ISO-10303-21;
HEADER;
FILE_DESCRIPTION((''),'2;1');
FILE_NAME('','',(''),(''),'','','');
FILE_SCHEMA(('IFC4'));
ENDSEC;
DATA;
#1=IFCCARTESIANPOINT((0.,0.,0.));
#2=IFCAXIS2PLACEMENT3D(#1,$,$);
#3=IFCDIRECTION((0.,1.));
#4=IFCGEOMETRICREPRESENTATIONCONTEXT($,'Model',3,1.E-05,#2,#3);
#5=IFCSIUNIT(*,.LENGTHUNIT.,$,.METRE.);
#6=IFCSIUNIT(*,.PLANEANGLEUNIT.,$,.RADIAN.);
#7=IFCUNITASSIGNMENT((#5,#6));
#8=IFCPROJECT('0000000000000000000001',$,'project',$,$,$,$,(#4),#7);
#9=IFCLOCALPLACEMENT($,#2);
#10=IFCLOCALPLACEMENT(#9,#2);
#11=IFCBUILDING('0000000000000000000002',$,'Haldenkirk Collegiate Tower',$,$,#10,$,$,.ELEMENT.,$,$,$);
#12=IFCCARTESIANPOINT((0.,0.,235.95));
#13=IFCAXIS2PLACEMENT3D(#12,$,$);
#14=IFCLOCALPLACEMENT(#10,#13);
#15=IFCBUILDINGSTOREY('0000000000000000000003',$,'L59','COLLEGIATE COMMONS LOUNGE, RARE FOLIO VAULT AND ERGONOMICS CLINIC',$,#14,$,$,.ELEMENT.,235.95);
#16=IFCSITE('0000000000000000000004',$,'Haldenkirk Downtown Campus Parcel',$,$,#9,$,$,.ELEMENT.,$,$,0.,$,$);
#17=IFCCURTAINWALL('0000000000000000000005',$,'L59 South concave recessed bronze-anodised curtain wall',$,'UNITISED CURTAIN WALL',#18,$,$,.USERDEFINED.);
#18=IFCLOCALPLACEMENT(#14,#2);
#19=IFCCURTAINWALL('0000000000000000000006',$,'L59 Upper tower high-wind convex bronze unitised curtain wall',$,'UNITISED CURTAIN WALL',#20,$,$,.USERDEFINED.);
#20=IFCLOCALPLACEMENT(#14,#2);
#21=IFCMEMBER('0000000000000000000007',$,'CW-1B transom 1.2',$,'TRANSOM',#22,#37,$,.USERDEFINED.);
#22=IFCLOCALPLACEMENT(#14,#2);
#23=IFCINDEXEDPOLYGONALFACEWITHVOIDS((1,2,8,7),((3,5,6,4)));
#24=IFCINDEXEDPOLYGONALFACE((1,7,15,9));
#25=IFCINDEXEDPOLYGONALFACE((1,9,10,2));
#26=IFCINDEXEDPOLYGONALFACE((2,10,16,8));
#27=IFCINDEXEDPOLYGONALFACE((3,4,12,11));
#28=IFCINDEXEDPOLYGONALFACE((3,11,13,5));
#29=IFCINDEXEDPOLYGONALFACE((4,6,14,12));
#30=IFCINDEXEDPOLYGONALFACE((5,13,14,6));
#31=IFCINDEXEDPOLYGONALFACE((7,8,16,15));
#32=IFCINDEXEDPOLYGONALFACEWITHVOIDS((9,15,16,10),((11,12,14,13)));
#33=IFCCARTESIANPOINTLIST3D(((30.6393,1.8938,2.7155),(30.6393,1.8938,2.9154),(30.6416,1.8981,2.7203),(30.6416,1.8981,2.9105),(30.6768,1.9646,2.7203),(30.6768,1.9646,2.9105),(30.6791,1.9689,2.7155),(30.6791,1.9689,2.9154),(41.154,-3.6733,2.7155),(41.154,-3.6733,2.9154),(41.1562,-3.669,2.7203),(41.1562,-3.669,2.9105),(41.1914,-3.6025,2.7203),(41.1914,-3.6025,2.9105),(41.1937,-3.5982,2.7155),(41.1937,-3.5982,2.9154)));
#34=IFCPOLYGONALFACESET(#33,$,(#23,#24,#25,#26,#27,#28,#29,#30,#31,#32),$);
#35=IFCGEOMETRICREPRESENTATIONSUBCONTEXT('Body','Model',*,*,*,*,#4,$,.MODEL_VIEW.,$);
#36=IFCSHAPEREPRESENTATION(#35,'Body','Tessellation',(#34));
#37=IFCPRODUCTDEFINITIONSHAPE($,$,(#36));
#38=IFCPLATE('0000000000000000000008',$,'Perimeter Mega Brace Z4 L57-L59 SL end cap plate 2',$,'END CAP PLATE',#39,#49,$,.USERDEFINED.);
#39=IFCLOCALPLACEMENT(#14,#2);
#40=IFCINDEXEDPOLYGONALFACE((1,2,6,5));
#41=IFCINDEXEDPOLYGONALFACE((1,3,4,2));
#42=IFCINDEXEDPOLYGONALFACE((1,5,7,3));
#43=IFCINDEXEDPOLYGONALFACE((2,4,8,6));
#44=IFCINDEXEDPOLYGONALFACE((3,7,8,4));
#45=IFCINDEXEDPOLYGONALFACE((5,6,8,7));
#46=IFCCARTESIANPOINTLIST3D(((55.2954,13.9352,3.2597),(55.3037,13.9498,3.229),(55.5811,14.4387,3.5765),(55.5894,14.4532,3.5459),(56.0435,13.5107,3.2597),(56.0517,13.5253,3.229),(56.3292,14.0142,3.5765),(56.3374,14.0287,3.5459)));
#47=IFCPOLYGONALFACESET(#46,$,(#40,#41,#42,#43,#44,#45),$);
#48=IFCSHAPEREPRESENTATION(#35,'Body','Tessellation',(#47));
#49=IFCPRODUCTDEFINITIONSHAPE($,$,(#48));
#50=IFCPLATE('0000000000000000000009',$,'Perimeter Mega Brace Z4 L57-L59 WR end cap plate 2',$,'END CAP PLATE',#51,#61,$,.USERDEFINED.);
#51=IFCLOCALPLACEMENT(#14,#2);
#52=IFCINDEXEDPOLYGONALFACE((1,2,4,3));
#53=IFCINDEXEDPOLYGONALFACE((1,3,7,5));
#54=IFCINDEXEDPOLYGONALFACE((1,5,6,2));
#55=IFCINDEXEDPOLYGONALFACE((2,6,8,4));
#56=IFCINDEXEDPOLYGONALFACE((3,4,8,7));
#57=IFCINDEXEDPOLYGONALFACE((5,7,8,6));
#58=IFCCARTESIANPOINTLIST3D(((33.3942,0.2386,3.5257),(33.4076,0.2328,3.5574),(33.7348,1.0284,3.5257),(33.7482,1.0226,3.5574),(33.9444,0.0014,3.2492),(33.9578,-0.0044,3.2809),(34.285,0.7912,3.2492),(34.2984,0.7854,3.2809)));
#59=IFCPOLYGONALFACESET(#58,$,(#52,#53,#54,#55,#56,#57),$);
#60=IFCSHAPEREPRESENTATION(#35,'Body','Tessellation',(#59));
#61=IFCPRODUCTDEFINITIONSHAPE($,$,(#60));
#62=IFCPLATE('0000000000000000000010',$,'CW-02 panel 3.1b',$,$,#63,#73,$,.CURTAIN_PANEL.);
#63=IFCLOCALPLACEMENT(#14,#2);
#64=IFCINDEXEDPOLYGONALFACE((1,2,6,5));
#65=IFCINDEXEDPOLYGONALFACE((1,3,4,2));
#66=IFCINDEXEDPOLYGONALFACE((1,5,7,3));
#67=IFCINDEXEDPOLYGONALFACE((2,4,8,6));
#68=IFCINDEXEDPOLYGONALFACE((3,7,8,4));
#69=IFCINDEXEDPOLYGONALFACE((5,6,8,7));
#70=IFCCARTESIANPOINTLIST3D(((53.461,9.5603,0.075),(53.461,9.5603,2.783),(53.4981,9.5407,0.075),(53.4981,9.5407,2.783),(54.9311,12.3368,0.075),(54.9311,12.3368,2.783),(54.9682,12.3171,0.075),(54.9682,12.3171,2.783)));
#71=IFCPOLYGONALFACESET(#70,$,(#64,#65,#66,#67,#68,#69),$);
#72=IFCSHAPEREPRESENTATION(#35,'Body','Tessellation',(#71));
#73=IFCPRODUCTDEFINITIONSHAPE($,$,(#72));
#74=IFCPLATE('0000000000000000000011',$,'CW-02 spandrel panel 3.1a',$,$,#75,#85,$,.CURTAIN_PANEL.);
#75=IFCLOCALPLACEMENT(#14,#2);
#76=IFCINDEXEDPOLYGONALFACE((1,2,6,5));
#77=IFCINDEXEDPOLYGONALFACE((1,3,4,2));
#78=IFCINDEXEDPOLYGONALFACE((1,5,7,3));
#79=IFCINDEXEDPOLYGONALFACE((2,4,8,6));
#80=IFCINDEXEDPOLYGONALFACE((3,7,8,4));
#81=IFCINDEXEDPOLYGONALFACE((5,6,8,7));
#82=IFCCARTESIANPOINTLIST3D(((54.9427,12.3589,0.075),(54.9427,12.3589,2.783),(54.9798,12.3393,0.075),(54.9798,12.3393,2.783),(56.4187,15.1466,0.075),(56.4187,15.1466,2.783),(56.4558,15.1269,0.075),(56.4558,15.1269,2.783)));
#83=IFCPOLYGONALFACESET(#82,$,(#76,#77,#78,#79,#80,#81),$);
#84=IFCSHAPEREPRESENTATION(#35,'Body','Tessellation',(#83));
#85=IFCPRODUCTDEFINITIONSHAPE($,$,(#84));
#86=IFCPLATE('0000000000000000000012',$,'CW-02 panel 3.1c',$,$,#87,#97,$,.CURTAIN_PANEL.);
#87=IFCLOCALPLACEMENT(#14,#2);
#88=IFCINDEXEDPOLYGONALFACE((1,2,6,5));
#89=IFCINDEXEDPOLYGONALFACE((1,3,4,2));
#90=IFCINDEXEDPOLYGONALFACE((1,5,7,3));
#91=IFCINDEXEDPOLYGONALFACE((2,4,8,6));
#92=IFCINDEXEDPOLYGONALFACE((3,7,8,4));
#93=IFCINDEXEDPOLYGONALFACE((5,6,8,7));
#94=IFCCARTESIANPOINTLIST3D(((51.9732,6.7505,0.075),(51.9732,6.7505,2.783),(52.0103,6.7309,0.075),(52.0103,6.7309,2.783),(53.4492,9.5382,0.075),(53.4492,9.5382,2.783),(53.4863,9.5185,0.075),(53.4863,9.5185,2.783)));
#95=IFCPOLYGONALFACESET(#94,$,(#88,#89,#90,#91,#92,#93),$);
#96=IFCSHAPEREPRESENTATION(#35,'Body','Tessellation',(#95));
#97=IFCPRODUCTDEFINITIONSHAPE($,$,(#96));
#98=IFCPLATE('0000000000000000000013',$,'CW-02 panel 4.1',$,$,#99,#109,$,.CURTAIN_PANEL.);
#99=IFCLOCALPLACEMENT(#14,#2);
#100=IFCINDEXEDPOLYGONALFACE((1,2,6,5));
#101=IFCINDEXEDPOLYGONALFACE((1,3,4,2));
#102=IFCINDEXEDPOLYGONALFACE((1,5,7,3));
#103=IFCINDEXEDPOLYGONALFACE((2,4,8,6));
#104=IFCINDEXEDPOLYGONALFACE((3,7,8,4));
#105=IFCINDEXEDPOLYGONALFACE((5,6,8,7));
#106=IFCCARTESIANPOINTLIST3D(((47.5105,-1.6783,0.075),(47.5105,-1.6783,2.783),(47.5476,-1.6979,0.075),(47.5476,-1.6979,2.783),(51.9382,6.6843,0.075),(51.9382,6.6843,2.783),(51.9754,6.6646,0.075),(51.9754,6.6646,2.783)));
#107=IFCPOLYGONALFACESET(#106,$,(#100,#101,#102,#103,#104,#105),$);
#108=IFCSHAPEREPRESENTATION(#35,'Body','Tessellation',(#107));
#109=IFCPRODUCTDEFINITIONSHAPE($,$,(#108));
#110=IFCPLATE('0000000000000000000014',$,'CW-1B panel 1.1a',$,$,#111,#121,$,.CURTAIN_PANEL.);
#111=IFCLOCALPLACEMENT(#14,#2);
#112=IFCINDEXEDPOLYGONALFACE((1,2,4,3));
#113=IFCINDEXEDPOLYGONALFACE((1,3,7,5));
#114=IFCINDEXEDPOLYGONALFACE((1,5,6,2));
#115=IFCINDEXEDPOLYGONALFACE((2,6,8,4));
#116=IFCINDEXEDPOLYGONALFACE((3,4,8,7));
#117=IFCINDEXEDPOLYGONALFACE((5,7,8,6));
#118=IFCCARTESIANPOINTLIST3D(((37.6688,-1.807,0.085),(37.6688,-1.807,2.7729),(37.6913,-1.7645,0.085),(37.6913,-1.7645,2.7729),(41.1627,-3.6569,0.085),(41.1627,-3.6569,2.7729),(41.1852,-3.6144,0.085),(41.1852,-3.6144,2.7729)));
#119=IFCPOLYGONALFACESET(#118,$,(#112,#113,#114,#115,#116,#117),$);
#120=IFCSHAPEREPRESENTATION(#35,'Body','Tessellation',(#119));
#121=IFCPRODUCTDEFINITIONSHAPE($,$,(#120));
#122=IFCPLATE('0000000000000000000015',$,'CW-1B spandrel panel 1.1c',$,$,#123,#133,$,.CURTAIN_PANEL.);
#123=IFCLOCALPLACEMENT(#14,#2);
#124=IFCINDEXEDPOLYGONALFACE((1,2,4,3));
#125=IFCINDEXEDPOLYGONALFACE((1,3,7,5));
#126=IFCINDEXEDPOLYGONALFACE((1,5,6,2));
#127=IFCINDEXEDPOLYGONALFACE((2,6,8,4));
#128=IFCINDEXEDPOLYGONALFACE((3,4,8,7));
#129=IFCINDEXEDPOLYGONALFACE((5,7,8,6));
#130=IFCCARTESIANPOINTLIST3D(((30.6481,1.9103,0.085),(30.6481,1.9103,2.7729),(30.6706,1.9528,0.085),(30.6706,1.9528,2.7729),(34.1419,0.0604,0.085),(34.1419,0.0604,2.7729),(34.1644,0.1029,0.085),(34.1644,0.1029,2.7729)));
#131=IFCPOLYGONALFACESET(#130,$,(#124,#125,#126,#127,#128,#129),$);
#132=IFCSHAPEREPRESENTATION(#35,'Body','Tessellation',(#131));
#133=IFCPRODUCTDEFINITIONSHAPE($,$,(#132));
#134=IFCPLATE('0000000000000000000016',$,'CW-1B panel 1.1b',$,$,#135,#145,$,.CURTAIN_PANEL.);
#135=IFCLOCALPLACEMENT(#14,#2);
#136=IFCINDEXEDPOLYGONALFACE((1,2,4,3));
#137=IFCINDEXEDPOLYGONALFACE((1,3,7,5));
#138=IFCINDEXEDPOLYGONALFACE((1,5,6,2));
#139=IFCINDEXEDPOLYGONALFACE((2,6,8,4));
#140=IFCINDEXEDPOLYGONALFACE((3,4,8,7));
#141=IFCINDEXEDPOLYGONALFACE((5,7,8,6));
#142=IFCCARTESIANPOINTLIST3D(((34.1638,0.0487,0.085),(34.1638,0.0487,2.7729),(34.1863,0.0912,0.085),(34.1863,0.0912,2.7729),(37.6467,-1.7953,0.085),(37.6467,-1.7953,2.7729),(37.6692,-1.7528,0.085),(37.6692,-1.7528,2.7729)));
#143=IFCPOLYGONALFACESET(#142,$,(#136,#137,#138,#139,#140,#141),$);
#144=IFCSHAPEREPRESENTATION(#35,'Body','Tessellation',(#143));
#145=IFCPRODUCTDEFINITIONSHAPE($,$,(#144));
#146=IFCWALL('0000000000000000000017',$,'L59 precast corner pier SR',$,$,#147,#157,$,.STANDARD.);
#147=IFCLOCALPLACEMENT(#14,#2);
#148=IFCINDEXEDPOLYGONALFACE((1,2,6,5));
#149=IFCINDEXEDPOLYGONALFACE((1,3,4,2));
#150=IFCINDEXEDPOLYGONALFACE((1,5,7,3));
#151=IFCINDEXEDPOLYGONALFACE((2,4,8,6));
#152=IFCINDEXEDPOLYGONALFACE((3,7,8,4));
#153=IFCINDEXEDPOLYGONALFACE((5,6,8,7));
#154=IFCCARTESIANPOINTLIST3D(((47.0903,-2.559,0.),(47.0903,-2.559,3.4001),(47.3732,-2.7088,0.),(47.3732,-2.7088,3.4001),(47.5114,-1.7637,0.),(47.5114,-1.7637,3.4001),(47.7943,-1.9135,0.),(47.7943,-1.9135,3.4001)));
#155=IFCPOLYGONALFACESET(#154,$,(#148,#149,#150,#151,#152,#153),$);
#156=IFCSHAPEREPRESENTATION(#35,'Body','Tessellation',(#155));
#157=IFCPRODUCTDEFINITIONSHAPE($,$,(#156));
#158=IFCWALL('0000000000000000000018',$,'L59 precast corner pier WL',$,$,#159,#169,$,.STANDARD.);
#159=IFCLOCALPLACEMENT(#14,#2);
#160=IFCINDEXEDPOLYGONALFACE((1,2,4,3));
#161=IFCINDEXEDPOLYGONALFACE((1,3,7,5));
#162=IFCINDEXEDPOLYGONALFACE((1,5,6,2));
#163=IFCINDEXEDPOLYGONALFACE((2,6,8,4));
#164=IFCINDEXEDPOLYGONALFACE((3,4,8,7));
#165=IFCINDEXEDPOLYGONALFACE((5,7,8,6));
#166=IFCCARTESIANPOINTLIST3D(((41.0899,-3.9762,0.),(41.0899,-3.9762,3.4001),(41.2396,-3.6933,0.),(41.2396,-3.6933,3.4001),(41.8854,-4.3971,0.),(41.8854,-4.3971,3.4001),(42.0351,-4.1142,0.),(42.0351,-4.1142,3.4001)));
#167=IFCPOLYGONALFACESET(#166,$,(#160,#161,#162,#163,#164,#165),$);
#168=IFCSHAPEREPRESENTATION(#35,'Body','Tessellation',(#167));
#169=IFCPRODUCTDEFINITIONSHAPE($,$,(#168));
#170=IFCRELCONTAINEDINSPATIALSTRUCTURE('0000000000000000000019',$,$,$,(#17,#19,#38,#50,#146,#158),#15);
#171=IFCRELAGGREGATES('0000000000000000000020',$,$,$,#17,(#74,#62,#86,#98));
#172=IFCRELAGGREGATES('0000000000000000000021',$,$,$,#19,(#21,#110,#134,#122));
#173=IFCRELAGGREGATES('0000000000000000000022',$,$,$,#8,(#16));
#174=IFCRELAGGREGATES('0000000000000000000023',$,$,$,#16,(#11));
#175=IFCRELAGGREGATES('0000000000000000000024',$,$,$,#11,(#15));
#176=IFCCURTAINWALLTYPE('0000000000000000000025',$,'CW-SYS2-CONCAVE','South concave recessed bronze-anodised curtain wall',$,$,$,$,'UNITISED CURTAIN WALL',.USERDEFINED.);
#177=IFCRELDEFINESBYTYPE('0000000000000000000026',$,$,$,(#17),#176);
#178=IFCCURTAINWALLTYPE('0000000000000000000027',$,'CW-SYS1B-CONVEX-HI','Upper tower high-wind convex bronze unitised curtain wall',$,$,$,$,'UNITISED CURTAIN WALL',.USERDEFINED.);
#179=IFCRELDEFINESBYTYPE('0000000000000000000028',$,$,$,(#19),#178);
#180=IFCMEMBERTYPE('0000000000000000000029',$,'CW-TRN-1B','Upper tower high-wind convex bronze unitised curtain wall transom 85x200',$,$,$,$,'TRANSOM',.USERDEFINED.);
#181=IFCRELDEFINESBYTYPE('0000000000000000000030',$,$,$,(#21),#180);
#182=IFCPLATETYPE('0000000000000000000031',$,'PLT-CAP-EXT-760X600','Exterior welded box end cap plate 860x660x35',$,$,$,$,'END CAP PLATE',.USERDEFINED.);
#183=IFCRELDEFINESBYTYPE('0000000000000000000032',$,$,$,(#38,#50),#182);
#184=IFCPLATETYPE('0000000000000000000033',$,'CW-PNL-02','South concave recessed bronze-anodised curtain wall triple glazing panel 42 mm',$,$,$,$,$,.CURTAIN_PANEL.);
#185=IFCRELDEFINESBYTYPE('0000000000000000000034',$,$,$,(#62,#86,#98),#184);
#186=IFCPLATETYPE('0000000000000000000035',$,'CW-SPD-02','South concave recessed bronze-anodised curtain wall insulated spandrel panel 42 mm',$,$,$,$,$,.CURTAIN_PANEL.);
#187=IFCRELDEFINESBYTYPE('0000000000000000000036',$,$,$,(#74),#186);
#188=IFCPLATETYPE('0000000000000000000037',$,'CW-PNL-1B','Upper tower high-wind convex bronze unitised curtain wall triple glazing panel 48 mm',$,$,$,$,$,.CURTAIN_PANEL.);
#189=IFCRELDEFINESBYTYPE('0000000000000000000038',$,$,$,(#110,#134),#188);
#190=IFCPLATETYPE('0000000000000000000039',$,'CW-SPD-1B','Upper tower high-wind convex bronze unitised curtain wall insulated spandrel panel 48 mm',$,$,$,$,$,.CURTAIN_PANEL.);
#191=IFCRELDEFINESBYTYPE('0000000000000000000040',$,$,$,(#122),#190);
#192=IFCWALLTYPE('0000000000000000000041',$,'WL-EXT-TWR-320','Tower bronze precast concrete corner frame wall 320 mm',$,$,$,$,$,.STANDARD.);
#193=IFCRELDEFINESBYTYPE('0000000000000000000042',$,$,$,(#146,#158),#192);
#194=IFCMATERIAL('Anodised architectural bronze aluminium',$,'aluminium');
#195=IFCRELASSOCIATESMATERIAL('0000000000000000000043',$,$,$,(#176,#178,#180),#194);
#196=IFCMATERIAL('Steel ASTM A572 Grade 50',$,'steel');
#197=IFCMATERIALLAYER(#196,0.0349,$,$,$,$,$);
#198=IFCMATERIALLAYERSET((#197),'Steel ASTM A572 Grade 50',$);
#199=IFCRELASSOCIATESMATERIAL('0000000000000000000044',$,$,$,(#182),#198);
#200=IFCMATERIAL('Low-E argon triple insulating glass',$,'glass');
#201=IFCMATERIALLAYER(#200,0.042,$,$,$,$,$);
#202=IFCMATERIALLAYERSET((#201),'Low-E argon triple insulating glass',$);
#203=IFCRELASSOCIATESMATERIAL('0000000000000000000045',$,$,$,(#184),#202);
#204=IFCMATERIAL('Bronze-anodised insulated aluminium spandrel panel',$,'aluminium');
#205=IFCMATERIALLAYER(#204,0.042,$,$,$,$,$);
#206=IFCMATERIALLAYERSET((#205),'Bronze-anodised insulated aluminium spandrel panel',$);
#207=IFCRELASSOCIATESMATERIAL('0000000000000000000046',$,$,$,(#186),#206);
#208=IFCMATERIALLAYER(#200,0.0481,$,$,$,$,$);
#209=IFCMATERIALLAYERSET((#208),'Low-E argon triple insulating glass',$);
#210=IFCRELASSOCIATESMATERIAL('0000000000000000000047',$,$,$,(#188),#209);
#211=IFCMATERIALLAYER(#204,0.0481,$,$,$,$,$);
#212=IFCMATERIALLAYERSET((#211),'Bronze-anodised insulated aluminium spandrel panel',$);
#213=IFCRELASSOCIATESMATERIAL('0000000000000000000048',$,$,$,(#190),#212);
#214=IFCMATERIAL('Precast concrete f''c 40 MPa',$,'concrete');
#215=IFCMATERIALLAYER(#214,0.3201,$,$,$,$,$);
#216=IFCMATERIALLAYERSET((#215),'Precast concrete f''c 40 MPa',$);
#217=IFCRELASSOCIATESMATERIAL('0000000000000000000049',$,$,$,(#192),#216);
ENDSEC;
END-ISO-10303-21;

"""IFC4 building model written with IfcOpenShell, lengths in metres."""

from ifc_helpers import new_model, si_unit, direction, frame, frame_2d, origin, origin_2d, place, context, subcontext, project, spatial, rectangle, hollow_rectangle, extrude, source, transform, mapped, material, layer, layer_set, material_profile, profile_set, type_object, element, aggregate, save


model = new_model("IFC4")

# Units and contexts
model_context = context("Model", 3, precision=1e-05, world=origin(), true_north=direction((0.0, 1.0)))
body_context = subcontext(model_context, "Body", "Model", "MODEL_VIEW")
ifc_project = project(units=[si_unit("LENGTHUNIT", "METRE"), si_unit("PLANEANGLEUNIT", "RADIAN")], contexts=[model_context])

# Site, building, storey
site_placement = place(None, origin())
site = spatial("IfcSite", under=ifc_project, at=site_placement, Name="Haldenkirk Downtown Campus Parcel", CompositionType="ELEMENT", RefElevation=0.0)
building_placement = place(site_placement, origin())
building = spatial("IfcBuilding", under=site, at=building_placement, Name="Haldenkirk Collegiate Tower", CompositionType="ELEMENT")
storey_placement = place(building_placement, frame((0.0, 0.0, 235.95)))
storey = spatial("IfcBuildingStorey", under=building, at=storey_placement, Name="L59", Description="COLLEGIATE COMMONS LOUNGE, RARE FOLIO VAULT AND ERGONOMICS CLINIC", CompositionType="ELEMENT", Elevation=235.95)

# Shared definitions
ifc_material_1 = material(Name="Steel ASTM A572 Grade 50", Category="steel")

# Curtain wall
ifc_material_2 = material(Name="Anodised architectural bronze aluminium", Category="aluminium")
curtain_wall_type_1 = type_object("IfcCurtainWallType", Name="CW-SYS2-CONCAVE", Description="South concave recessed bronze-anodised curtain wall", ElementType="UNITISED CURTAIN WALL", PredefinedType="USERDEFINED", material=ifc_material_2)
curtain_wall_1_placement = place(storey_placement, origin())
curtain_wall_1 = element("IfcCurtainWall", 1, at=curtain_wall_1_placement, inside=storey, type_object=curtain_wall_type_1, Name="L59 South concave recessed bronze-anodised curtain wall", ObjectType="UNITISED CURTAIN WALL", PredefinedType="USERDEFINED")

# Curtain wall
curtain_wall_type_2 = type_object("IfcCurtainWallType", Name="CW-SYS1B-CONVEX-HI", Description="Upper tower high-wind convex bronze unitised curtain wall", ElementType="UNITISED CURTAIN WALL", PredefinedType="USERDEFINED", material=ifc_material_2)
curtain_wall_2_placement = place(storey_placement, origin())
curtain_wall_2 = element("IfcCurtainWall", 2, at=curtain_wall_2_placement, inside=storey, type_object=curtain_wall_type_2, Name="L59 Upper tower high-wind convex bronze unitised curtain wall", ObjectType="UNITISED CURTAIN WALL", PredefinedType="USERDEFINED")

# Member
ifc_material_profile_1 = material_profile(ifc_material_2, hollow_rectangle(XDim=0.085, YDim=0.2, WallThickness=0.0049, at=origin_2d()), Name="CW-TRN-1B")
ifc_profile_set_1 = profile_set([ifc_material_profile_1], Name="Anodised architectural bronze aluminium")
member_type_1 = type_object("IfcMemberType", Name="CW-TRN-1B", Description="Upper tower high-wind convex bronze unitised curtain wall transom 85x200", ElementType="TRANSOM", PredefinedType="USERDEFINED", material=ifc_profile_set_1)
member_1_placement = place(storey_placement, frame((41.1738, -3.6357, 2.8154), z_axis=(-0.883768, 0.467924, 0.0), x_axis=(-0.467924, -0.883768, 0.0)))
member_1 = element("IfcMember", 3, at=member_1_placement, type_object=member_type_1, Name="CW-1B transom 1.2", ObjectType="TRANSOM", PredefinedType="USERDEFINED", context=body_context, shape_type="SweptSolid", body=[
    extrude(hollow_rectangle(XDim=0.085, YDim=0.2, WallThickness=0.0049, at=origin_2d()), origin(), (0.0, 0.0, 1.0), 11.8975),
])

# Plates
ifc_layer_1 = layer(ifc_material_1, 0.0349)
ifc_layer_set_1 = layer_set([ifc_layer_1], Name="Steel ASTM A572 Grade 50")
plate_type_1 = type_object("IfcPlateType", Name="PLT-CAP-EXT-760X600", Description="Exterior welded box end cap plate 860x660x35", ElementType="END CAP PLATE", PredefinedType="USERDEFINED", material=ifc_layer_set_1)
shared_shape_1 = source(origin(), body_context, "Body", "SweptSolid", [
    extrude(rectangle(XDim=0.8601, YDim=0.6599, at=origin_2d()), origin(), (0.0, 0.0, 1.0), 0.0349),
])
for number, where, z_axis, x_axis, name in (
    (4, (55.8206, 13.9893, 3.3875), (-0.236955, -0.417567, 0.877206), (0.869724, -0.493539, 0.0), "Perimeter Mega Brace Z4 L57-L59 SL end cap plate 2"),
    (5, (33.8396, 0.5149, 3.3875), (0.384769, -0.165929, 0.907976), (0.395991, 0.918254, 0.0), "Perimeter Mega Brace Z4 L57-L59 WR end cap plate 2"),
):
    element("IfcPlate", number, at=place(storey_placement, frame(where, z_axis=z_axis, x_axis=x_axis)), inside=storey, type_object=plate_type_1, Name=name, ObjectType="END CAP PLATE", PredefinedType="USERDEFINED", context=body_context, shape_type="MappedRepresentation", body=[
        mapped(shared_shape_1, transform((0.0, 0.0, 0.0), x_axis=(1.0, 0.0, 0.0), y_axis=(0.0, 1.0, 0.0), z_axis=(0.0, 0.0, 1.0), scale=1.0)),
    ])

# Plates
ifc_material_3 = material(Name="Low-E argon triple insulating glass", Category="glass")
ifc_layer_2 = layer(ifc_material_3, 0.042)
ifc_layer_set_2 = layer_set([ifc_layer_2], Name="Low-E argon triple insulating glass")
plate_type_2 = type_object("IfcPlateType", Name="CW-PNL-02", Description="South concave recessed bronze-anodised curtain wall triple glazing panel 42 mm", PredefinedType="CURTAIN_PANEL", material=ifc_layer_set_2)
shared_shape_2 = source(origin(), body_context, "Body", "SweptSolid", [
    extrude(rectangle(XDim=3.1416, YDim=0.042, at=origin_2d()), origin(), (0.0, 0.0, 1.0), 2.708),
])
plate_1_placement = place(storey_placement, frame((54.2146, 10.9387, 0.075), z_axis=(0.0, 0.0, 1.0), x_axis=(-0.467932, -0.883765, 0.0)))
plate_1 = element("IfcPlate", 6, at=plate_1_placement, type_object=plate_type_2, Name="CW-02 panel 3.1b", PredefinedType="CURTAIN_PANEL", context=body_context, shape_type="MappedRepresentation", body=[
    mapped(shared_shape_2, transform((0.0, 0.0, 0.0), x_axis=(1.0, 0.0, 0.0), y_axis=(0.0, 1.0, 0.0), z_axis=(0.0, 0.0, 1.0), scale=1.0)),
])
ifc_material_4 = material(Name="Bronze-anodised insulated aluminium spandrel panel", Category="aluminium")
ifc_layer_3 = layer(ifc_material_4, 0.042)
ifc_layer_set_3 = layer_set([ifc_layer_3], Name="Bronze-anodised insulated aluminium spandrel panel")
plate_type_3 = type_object("IfcPlateType", Name="CW-SPD-02", Description="South concave recessed bronze-anodised curtain wall insulated spandrel panel 42 mm", PredefinedType="CURTAIN_PANEL", material=ifc_layer_set_3)
shared_shape_3 = source(origin(), body_context, "Body", "SweptSolid", [
    extrude(rectangle(XDim=3.1543, YDim=0.042, at=origin_2d()), origin(), (0.0, 0.0, 1.0), 2.708),
])
plate_2_placement = place(storey_placement, frame((55.6992, 13.7429, 0.075), z_axis=(0.0, 0.0, 1.0), x_axis=(-0.467932, -0.883765, 0.0)))
plate_2 = element("IfcPlate", 7, at=plate_2_placement, type_object=plate_type_3, Name="CW-02 spandrel panel 3.1a", PredefinedType="CURTAIN_PANEL", context=body_context, shape_type="MappedRepresentation", body=[
    mapped(shared_shape_3, transform((0.0, 0.0, 0.0), x_axis=(1.0, 0.0, 0.0), y_axis=(0.0, 1.0, 0.0), z_axis=(0.0, 0.0, 1.0), scale=1.0)),
])
plate_3_placement = place(storey_placement, frame((52.7297, 8.1345, 0.075), z_axis=(0.0, 0.0, 1.0), x_axis=(-0.467932, -0.883765, 0.0)))
plate_3 = element("IfcPlate", 8, at=plate_3_placement, type_object=plate_type_2, Name="CW-02 panel 3.1c", PredefinedType="CURTAIN_PANEL", context=body_context, shape_type="MappedRepresentation", body=[
    mapped(shared_shape_3, transform((0.0, 0.0, 0.0), x_axis=(1.0, 0.0, 0.0), y_axis=(0.0, 1.0, 0.0), z_axis=(0.0, 0.0, 1.0), scale=1.0)),
])
shared_shape_4 = source(origin(), body_context, "Body", "SweptSolid", [
    extrude(rectangle(XDim=9.4624, YDim=0.042, at=origin_2d()), origin(), (0.0, 0.0, 1.0), 2.708),
])
plate_4_placement = place(storey_placement, frame((49.7429, 2.4932, 0.075), z_axis=(0.0, 0.0, 1.0), x_axis=(-0.467932, -0.883765, 0.0)))
plate_4 = element("IfcPlate", 9, at=plate_4_placement, type_object=plate_type_2, Name="CW-02 panel 4.1", PredefinedType="CURTAIN_PANEL", context=body_context, shape_type="MappedRepresentation", body=[
    mapped(shared_shape_4, transform((0.0, 0.0, 0.0), x_axis=(1.0, 0.0, 0.0), y_axis=(0.0, 1.0, 0.0), z_axis=(0.0, 0.0, 1.0), scale=1.0)),
])
aggregate(curtain_wall_1, [plate_2, plate_1, plate_3, plate_4])
ifc_layer_4 = layer(ifc_material_3, 0.0481)
ifc_layer_set_4 = layer_set([ifc_layer_4], Name="Low-E argon triple insulating glass")
plate_type_4 = type_object("IfcPlateType", Name="CW-PNL-1B", Description="Upper tower high-wind convex bronze unitised curtain wall triple glazing panel 48 mm", PredefinedType="CURTAIN_PANEL", material=ifc_layer_set_4)
shared_shape_5 = source(origin(), body_context, "Body", "SweptSolid", [
    extrude(rectangle(XDim=3.9534, YDim=0.0481, at=origin_2d()), origin(), (0.0, 0.0, 1.0), 2.688),
])
plate_5_placement = place(storey_placement, frame((39.427, -2.7107, 0.085), z_axis=(0.0, 0.0, 1.0), x_axis=(-0.883765, 0.467931, 0.0)))
plate_5 = element("IfcPlate", 10, at=plate_5_placement, type_object=plate_type_4, Name="CW-1B panel 1.1a", PredefinedType="CURTAIN_PANEL", context=body_context, shape_type="MappedRepresentation", body=[
    mapped(shared_shape_5, transform((0.0, 0.0, 0.0), x_axis=(1.0, 0.0, 0.0), y_axis=(0.0, 1.0, 0.0), z_axis=(0.0, 0.0, 1.0), scale=1.0)),
])
ifc_layer_5 = layer(ifc_material_4, 0.0481)
ifc_layer_set_5 = layer_set([ifc_layer_5], Name="Bronze-anodised insulated aluminium spandrel panel")
plate_type_5 = type_object("IfcPlateType", Name="CW-SPD-1B", Description="Upper tower high-wind convex bronze unitised curtain wall insulated spandrel panel 48 mm", PredefinedType="CURTAIN_PANEL", material=ifc_layer_set_5)
plate_6_placement = place(storey_placement, frame((32.4062, 1.0066, 0.085), z_axis=(0.0, 0.0, 1.0), x_axis=(-0.883765, 0.467931, 0.0)))
plate_6 = element("IfcPlate", 11, at=plate_6_placement, type_object=plate_type_5, Name="CW-1B spandrel panel 1.1c", PredefinedType="CURTAIN_PANEL", context=body_context, shape_type="MappedRepresentation", body=[
    mapped(shared_shape_5, transform((0.0, 0.0, 0.0), x_axis=(1.0, 0.0, 0.0), y_axis=(0.0, 1.0, 0.0), z_axis=(0.0, 0.0, 1.0), scale=1.0)),
])
shared_shape_6 = source(origin(), body_context, "Body", "SweptSolid", [
    extrude(rectangle(XDim=3.9409, YDim=0.0481, at=origin_2d()), origin(), (0.0, 0.0, 1.0), 2.688),
])
plate_7_placement = place(storey_placement, frame((35.9165, -0.8521, 0.085), z_axis=(0.0, 0.0, 1.0), x_axis=(-0.883765, 0.467931, 0.0)))
plate_7 = element("IfcPlate", 12, at=plate_7_placement, type_object=plate_type_4, Name="CW-1B panel 1.1b", PredefinedType="CURTAIN_PANEL", context=body_context, shape_type="MappedRepresentation", body=[
    mapped(shared_shape_6, transform((0.0, 0.0, 0.0), x_axis=(1.0, 0.0, 0.0), y_axis=(0.0, 1.0, 0.0), z_axis=(0.0, 0.0, 1.0), scale=1.0)),
])
aggregate(curtain_wall_2, [member_1, plate_5, plate_7, plate_6])

# Walls
ifc_material_5 = material(Name="Precast concrete f'c 40 MPa", Category="concrete")
ifc_layer_6 = layer(ifc_material_5, 0.3201)
ifc_layer_set_6 = layer_set([ifc_layer_6], Name="Precast concrete f'c 40 MPa")
wall_type_1 = type_object("IfcWallType", Name="WL-EXT-TWR-320", Description="Tower bronze precast concrete corner frame wall 320 mm", PredefinedType="STANDARD", material=ifc_layer_set_6)
for number, where, z_axis, x_axis, name in (
    (13, (47.6528, -1.8386, 0.0), (0.0, 0.0, 1.0), (-0.467925, -0.883768, 0.0), "L59 precast corner pier SR"),
    (14, (41.9602, -4.2556, 0.0), (0.0, 0.0, 1.0), (-0.88388, 0.467713, 0.0), "L59 precast corner pier WL"),
):
    element("IfcWall", number, at=place(storey_placement, frame(where, z_axis=z_axis, x_axis=x_axis)), inside=storey, type_object=wall_type_1, Name=name, PredefinedType="STANDARD", context=body_context, shape_type="SweptSolid", body=[
        extrude(rectangle(XDim=0.8999, YDim=0.3201, at=frame_2d((0.45, 0.0))), origin(), (0.0, 0.0, 1.0), 3.4001),
    ])

save(model, "model.ifc")
